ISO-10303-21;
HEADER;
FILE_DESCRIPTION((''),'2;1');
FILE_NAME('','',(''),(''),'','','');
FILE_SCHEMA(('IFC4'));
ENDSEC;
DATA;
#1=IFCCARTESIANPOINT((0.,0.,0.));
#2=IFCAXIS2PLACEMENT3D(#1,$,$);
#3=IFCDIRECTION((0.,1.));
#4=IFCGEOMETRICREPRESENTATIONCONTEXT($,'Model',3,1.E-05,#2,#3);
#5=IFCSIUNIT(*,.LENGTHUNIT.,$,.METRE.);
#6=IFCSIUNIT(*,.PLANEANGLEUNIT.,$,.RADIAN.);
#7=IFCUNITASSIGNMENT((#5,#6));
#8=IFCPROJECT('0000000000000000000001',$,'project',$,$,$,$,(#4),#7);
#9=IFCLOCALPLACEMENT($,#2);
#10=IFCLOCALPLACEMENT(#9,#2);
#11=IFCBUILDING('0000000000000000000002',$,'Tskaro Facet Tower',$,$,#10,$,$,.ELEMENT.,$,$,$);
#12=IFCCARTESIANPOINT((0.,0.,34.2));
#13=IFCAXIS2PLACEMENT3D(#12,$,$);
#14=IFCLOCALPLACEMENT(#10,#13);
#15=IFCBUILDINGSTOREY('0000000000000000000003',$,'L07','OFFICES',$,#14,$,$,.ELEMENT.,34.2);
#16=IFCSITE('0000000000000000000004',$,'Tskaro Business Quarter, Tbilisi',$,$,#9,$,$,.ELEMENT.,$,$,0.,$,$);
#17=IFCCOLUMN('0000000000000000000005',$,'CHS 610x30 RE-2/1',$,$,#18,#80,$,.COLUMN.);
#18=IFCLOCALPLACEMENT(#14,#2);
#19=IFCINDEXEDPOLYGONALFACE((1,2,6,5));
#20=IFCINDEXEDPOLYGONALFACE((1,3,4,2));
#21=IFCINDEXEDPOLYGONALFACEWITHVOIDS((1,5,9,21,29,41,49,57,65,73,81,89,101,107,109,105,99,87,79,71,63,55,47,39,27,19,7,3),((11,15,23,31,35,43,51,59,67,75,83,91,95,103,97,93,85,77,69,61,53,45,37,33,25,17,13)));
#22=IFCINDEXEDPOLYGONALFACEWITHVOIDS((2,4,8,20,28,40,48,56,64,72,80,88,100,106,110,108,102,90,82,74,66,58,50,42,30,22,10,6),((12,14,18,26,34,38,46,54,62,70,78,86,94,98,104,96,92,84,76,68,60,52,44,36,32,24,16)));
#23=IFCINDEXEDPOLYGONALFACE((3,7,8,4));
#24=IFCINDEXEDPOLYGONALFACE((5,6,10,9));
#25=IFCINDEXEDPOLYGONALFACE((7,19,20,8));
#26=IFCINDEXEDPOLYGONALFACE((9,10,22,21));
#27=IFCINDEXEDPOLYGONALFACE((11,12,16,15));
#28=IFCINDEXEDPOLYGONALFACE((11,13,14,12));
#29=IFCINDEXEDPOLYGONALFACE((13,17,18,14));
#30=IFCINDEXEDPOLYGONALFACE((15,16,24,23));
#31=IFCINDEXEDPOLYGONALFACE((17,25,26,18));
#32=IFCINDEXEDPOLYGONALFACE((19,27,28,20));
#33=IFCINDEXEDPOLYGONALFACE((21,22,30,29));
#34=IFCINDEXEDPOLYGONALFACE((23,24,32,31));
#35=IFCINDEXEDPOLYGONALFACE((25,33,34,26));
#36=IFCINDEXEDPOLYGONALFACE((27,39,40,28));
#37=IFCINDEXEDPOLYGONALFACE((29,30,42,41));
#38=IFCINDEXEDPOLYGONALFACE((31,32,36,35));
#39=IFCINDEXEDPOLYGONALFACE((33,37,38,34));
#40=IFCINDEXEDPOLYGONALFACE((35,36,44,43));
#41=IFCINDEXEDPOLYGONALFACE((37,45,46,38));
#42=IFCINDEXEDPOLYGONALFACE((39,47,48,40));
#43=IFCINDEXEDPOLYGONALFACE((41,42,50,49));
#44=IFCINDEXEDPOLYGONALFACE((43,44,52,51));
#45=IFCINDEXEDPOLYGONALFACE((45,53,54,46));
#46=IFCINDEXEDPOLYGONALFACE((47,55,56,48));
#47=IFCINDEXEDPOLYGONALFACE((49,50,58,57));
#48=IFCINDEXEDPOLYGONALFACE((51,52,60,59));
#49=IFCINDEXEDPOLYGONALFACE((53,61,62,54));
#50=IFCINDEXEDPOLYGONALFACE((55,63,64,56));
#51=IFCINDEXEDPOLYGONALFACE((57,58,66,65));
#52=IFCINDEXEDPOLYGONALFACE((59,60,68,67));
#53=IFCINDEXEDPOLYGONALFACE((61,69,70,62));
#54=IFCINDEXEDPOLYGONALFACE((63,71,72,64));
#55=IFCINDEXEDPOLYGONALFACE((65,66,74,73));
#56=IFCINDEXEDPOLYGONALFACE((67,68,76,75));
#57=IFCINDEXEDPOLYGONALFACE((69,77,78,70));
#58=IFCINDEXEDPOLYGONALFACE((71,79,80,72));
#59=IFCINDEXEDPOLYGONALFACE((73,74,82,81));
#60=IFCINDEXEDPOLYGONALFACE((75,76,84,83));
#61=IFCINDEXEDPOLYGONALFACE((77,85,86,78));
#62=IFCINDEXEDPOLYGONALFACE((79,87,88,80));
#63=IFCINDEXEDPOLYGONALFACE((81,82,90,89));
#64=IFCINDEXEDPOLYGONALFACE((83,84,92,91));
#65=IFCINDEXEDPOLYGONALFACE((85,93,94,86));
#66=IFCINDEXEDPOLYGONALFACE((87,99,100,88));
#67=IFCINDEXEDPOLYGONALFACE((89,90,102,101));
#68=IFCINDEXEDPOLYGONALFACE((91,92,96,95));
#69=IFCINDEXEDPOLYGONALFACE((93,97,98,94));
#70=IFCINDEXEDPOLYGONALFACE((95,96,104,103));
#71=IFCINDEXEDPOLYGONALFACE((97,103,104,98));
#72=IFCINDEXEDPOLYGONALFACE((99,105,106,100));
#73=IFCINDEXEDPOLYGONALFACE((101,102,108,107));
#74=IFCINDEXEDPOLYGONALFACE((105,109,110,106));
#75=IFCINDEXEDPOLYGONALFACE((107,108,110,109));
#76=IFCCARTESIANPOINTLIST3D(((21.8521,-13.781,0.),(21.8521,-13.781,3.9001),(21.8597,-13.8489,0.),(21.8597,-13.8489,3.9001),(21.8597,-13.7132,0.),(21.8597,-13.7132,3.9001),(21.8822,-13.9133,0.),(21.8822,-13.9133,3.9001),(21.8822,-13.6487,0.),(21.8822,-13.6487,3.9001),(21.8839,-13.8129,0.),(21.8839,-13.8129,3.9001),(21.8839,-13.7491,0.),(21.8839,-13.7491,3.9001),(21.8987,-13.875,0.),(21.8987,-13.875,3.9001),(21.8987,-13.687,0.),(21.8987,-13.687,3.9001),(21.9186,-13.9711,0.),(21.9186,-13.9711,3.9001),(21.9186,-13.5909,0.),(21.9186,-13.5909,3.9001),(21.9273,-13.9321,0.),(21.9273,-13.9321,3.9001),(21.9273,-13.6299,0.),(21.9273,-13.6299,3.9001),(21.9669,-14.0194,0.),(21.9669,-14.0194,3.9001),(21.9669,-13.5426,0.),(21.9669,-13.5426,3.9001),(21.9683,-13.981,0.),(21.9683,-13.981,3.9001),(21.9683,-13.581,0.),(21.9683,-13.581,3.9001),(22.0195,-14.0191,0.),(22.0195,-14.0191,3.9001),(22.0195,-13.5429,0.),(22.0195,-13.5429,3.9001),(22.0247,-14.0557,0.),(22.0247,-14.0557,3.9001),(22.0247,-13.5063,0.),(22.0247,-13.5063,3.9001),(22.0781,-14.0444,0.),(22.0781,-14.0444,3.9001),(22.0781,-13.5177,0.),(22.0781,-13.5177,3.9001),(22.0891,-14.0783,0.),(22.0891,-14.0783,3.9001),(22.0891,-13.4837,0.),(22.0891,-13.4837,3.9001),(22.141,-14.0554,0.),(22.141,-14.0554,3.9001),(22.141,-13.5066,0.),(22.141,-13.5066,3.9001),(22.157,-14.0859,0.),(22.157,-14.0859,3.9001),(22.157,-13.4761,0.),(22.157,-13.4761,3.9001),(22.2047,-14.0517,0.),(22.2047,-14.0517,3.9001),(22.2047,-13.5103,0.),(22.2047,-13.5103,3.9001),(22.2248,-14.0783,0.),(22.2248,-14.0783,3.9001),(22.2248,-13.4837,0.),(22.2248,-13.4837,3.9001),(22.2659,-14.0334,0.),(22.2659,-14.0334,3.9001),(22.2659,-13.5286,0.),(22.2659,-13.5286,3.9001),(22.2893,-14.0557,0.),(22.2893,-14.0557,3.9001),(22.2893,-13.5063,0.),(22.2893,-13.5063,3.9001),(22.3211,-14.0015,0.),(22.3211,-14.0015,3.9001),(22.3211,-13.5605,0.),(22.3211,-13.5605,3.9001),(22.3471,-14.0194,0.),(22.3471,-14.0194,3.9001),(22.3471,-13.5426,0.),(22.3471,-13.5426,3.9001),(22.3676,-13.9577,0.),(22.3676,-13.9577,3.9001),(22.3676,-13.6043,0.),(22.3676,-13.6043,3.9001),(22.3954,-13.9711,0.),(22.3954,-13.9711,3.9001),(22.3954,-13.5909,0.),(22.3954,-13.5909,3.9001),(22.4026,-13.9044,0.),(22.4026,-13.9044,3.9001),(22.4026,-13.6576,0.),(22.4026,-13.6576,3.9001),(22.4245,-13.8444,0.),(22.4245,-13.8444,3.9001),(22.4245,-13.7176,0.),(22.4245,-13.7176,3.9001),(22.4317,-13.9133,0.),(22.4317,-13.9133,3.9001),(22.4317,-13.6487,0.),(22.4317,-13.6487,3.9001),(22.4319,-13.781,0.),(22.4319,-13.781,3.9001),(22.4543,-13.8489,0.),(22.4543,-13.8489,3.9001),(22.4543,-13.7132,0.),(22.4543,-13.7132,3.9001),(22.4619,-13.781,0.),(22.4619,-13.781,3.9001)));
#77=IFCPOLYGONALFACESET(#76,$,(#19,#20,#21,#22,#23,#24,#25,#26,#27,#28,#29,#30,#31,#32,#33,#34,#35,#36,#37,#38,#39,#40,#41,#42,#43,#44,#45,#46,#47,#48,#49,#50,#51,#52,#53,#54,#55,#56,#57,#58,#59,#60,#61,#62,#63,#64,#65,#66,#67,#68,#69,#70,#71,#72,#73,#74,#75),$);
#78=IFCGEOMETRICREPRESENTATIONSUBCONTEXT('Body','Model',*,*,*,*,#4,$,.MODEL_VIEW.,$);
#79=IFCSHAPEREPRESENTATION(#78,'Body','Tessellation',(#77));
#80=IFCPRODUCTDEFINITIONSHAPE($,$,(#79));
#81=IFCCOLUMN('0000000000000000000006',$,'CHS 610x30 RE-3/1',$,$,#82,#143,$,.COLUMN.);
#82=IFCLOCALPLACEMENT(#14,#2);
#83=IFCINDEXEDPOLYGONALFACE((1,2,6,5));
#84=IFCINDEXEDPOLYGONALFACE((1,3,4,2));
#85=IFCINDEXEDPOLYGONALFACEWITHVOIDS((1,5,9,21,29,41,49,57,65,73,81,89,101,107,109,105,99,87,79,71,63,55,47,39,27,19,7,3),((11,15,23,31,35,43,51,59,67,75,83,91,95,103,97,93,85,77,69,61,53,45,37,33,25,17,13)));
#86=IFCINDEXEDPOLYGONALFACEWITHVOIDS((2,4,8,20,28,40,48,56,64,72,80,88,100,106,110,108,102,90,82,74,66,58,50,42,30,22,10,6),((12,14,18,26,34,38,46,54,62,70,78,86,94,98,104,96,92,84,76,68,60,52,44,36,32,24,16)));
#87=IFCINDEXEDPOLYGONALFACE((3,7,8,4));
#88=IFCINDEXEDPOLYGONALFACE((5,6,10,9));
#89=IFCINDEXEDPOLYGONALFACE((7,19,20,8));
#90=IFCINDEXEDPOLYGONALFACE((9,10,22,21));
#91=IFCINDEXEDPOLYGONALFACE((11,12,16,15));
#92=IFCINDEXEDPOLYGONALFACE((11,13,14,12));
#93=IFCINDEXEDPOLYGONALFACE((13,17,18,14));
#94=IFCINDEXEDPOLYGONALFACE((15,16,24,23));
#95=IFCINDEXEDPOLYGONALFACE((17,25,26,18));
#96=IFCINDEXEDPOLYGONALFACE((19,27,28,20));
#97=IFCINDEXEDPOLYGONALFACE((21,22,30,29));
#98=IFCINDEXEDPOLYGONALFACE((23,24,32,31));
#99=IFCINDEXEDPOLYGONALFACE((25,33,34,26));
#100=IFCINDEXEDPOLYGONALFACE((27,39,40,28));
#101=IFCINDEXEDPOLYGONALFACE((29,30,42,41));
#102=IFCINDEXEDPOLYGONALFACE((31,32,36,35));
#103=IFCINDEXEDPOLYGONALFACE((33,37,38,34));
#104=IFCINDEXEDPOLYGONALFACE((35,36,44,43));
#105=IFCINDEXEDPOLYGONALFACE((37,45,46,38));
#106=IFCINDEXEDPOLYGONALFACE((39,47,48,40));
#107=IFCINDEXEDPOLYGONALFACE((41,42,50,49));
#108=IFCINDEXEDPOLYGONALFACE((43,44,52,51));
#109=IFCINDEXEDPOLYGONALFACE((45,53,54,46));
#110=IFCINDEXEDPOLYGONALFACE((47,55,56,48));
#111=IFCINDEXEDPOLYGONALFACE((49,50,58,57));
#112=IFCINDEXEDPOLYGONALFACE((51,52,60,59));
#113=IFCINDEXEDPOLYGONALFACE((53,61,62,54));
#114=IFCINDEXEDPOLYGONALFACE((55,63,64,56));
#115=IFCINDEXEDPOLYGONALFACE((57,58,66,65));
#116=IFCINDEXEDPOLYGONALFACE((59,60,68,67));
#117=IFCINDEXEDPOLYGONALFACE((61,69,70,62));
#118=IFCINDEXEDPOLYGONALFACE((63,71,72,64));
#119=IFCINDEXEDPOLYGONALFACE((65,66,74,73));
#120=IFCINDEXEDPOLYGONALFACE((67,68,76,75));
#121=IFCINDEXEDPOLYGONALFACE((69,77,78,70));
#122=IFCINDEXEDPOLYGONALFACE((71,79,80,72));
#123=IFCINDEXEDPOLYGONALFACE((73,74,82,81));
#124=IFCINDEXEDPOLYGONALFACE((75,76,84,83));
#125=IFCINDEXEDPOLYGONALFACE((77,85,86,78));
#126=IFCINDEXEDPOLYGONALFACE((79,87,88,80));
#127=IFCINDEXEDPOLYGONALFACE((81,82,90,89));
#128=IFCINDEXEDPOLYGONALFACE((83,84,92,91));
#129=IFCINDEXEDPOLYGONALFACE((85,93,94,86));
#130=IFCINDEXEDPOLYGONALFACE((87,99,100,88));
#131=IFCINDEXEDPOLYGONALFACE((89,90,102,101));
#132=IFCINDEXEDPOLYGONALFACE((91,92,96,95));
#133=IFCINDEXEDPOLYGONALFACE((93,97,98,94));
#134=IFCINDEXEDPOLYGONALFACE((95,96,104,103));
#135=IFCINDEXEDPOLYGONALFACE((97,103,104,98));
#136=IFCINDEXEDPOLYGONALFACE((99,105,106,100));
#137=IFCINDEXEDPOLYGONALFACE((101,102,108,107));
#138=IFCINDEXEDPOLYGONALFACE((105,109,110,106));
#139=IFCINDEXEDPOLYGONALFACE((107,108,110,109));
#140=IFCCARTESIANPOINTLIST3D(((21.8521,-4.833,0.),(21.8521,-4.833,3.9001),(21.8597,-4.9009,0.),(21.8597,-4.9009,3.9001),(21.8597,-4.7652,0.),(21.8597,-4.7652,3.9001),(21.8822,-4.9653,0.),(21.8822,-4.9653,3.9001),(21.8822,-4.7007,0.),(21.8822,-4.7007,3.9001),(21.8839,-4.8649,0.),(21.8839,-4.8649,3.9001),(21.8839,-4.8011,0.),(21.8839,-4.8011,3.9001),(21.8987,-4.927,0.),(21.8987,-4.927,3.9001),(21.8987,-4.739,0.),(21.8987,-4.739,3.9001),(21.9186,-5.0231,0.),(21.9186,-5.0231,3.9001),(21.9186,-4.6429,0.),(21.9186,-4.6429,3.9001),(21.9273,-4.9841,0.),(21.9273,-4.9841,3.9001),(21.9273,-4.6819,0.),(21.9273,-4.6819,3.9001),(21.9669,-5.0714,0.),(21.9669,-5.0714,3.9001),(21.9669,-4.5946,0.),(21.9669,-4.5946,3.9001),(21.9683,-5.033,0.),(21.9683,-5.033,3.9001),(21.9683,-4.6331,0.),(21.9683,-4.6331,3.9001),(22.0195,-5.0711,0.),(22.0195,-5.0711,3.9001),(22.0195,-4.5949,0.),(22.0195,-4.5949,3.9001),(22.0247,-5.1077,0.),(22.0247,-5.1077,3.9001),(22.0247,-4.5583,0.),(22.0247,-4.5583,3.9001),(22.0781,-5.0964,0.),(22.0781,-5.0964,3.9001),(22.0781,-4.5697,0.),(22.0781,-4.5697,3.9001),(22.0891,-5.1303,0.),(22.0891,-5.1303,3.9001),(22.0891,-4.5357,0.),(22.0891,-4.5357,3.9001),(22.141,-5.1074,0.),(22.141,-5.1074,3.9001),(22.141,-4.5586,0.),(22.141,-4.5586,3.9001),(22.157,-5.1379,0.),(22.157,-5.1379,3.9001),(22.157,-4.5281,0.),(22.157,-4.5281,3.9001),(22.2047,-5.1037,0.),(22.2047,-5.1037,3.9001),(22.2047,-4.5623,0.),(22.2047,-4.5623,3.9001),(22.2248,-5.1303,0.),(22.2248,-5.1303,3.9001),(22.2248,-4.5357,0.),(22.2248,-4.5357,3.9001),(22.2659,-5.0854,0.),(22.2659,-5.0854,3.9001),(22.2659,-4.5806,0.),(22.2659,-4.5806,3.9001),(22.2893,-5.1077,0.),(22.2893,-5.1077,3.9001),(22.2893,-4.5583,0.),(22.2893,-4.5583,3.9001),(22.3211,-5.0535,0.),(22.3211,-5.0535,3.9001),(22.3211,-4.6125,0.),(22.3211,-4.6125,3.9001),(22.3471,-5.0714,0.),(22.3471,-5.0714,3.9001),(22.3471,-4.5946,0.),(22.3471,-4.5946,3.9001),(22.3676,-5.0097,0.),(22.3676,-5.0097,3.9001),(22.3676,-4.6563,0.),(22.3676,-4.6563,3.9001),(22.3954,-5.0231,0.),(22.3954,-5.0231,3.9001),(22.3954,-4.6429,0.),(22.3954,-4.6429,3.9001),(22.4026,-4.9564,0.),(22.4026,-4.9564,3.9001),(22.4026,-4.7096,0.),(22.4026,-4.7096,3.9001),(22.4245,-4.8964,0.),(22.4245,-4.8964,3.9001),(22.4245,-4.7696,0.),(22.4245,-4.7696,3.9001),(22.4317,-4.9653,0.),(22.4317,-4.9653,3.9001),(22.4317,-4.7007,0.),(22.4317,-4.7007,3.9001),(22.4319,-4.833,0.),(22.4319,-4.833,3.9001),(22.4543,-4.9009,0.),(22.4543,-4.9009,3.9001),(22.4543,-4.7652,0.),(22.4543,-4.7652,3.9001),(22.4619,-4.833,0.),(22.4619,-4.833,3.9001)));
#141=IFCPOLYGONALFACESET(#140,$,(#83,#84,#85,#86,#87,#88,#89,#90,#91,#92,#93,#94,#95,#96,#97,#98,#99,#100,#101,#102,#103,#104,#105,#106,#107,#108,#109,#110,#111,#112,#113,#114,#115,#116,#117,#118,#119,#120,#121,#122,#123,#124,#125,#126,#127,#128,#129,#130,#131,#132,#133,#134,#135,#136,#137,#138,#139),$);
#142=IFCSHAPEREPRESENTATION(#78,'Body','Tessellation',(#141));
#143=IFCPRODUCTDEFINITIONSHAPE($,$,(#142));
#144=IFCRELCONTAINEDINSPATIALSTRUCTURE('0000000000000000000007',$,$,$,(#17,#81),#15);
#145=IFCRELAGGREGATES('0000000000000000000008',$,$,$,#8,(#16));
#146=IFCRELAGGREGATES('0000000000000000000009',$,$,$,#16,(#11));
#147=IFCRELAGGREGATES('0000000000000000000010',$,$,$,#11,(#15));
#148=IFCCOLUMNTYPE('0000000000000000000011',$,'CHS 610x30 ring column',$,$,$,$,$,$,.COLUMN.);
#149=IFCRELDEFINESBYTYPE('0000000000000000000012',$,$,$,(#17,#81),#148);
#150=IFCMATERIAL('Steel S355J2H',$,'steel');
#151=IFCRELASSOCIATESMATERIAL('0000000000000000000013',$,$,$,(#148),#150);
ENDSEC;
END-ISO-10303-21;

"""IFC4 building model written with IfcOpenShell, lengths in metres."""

from ifc_helpers import new_model, si_unit, direction, frame, origin, origin_2d, place, context, subcontext, project, spatial, hollow_circle, extrude, material, material_profile, profile_set, type_object, element, save


model = new_model("IFC4")

# Units and contexts
model_context = context("Model", 3, precision=1e-05, world=origin(), true_north=direction((0.0, 1.0)))
body_context = subcontext(model_context, "Body", "Model", "MODEL_VIEW")
ifc_project = project(units=[si_unit("LENGTHUNIT", "METRE"), si_unit("PLANEANGLEUNIT", "RADIAN")], contexts=[model_context])

# Site, building, storey
site_placement = place(None, origin())
site = spatial("IfcSite", under=ifc_project, at=site_placement, Name="Tskaro Business Quarter, Tbilisi", CompositionType="ELEMENT", RefElevation=0.0)
building_placement = place(site_placement, origin())
building = spatial("IfcBuilding", under=site, at=building_placement, Name="Tskaro Facet Tower", CompositionType="ELEMENT")
storey_placement = place(building_placement, frame((0.0, 0.0, 34.2)))
storey = spatial("IfcBuildingStorey", under=building, at=storey_placement, Name="L07", Description="OFFICES", CompositionType="ELEMENT", Elevation=34.2)

# Columns
ifc_material_1 = material(Name="Steel S355J2H", Category="steel")
ifc_material_profile_1 = material_profile(ifc_material_1, hollow_circle(Radius=0.3049, WallThickness=0.03, at=origin_2d()), Name="CHS 610x30")
ifc_profile_set_1 = profile_set([ifc_material_profile_1], Name="Steel S355J2H")
column_type_1 = type_object("IfcColumnType", Name="CHS 610x30 ring column", PredefinedType="COLUMN", material=ifc_profile_set_1)
for number, where, z_axis, x_axis, name in (
    (1, (22.157, -13.781, 0.0), (0.0, 0.0, 1.0), (1.0, 0.0, 0.0), "CHS 610x30 RE-2/1"),
    (2, (22.157, -4.833, 0.0), (0.0, 0.0, 1.0), (1.0, 0.0, 0.0), "CHS 610x30 RE-3/1"),
):
    element("IfcColumn", number, at=place(storey_placement, frame(where, z_axis=z_axis, x_axis=x_axis)), inside=storey, type_object=column_type_1, Name=name, PredefinedType="COLUMN", context=body_context, shape_type="SweptSolid", body=[
        extrude(hollow_circle(Radius=0.3049, WallThickness=0.03, at=origin_2d()), origin(), (0.0, 0.0, 1.0), 3.9001),
    ])

save(model, "model.ifc")
